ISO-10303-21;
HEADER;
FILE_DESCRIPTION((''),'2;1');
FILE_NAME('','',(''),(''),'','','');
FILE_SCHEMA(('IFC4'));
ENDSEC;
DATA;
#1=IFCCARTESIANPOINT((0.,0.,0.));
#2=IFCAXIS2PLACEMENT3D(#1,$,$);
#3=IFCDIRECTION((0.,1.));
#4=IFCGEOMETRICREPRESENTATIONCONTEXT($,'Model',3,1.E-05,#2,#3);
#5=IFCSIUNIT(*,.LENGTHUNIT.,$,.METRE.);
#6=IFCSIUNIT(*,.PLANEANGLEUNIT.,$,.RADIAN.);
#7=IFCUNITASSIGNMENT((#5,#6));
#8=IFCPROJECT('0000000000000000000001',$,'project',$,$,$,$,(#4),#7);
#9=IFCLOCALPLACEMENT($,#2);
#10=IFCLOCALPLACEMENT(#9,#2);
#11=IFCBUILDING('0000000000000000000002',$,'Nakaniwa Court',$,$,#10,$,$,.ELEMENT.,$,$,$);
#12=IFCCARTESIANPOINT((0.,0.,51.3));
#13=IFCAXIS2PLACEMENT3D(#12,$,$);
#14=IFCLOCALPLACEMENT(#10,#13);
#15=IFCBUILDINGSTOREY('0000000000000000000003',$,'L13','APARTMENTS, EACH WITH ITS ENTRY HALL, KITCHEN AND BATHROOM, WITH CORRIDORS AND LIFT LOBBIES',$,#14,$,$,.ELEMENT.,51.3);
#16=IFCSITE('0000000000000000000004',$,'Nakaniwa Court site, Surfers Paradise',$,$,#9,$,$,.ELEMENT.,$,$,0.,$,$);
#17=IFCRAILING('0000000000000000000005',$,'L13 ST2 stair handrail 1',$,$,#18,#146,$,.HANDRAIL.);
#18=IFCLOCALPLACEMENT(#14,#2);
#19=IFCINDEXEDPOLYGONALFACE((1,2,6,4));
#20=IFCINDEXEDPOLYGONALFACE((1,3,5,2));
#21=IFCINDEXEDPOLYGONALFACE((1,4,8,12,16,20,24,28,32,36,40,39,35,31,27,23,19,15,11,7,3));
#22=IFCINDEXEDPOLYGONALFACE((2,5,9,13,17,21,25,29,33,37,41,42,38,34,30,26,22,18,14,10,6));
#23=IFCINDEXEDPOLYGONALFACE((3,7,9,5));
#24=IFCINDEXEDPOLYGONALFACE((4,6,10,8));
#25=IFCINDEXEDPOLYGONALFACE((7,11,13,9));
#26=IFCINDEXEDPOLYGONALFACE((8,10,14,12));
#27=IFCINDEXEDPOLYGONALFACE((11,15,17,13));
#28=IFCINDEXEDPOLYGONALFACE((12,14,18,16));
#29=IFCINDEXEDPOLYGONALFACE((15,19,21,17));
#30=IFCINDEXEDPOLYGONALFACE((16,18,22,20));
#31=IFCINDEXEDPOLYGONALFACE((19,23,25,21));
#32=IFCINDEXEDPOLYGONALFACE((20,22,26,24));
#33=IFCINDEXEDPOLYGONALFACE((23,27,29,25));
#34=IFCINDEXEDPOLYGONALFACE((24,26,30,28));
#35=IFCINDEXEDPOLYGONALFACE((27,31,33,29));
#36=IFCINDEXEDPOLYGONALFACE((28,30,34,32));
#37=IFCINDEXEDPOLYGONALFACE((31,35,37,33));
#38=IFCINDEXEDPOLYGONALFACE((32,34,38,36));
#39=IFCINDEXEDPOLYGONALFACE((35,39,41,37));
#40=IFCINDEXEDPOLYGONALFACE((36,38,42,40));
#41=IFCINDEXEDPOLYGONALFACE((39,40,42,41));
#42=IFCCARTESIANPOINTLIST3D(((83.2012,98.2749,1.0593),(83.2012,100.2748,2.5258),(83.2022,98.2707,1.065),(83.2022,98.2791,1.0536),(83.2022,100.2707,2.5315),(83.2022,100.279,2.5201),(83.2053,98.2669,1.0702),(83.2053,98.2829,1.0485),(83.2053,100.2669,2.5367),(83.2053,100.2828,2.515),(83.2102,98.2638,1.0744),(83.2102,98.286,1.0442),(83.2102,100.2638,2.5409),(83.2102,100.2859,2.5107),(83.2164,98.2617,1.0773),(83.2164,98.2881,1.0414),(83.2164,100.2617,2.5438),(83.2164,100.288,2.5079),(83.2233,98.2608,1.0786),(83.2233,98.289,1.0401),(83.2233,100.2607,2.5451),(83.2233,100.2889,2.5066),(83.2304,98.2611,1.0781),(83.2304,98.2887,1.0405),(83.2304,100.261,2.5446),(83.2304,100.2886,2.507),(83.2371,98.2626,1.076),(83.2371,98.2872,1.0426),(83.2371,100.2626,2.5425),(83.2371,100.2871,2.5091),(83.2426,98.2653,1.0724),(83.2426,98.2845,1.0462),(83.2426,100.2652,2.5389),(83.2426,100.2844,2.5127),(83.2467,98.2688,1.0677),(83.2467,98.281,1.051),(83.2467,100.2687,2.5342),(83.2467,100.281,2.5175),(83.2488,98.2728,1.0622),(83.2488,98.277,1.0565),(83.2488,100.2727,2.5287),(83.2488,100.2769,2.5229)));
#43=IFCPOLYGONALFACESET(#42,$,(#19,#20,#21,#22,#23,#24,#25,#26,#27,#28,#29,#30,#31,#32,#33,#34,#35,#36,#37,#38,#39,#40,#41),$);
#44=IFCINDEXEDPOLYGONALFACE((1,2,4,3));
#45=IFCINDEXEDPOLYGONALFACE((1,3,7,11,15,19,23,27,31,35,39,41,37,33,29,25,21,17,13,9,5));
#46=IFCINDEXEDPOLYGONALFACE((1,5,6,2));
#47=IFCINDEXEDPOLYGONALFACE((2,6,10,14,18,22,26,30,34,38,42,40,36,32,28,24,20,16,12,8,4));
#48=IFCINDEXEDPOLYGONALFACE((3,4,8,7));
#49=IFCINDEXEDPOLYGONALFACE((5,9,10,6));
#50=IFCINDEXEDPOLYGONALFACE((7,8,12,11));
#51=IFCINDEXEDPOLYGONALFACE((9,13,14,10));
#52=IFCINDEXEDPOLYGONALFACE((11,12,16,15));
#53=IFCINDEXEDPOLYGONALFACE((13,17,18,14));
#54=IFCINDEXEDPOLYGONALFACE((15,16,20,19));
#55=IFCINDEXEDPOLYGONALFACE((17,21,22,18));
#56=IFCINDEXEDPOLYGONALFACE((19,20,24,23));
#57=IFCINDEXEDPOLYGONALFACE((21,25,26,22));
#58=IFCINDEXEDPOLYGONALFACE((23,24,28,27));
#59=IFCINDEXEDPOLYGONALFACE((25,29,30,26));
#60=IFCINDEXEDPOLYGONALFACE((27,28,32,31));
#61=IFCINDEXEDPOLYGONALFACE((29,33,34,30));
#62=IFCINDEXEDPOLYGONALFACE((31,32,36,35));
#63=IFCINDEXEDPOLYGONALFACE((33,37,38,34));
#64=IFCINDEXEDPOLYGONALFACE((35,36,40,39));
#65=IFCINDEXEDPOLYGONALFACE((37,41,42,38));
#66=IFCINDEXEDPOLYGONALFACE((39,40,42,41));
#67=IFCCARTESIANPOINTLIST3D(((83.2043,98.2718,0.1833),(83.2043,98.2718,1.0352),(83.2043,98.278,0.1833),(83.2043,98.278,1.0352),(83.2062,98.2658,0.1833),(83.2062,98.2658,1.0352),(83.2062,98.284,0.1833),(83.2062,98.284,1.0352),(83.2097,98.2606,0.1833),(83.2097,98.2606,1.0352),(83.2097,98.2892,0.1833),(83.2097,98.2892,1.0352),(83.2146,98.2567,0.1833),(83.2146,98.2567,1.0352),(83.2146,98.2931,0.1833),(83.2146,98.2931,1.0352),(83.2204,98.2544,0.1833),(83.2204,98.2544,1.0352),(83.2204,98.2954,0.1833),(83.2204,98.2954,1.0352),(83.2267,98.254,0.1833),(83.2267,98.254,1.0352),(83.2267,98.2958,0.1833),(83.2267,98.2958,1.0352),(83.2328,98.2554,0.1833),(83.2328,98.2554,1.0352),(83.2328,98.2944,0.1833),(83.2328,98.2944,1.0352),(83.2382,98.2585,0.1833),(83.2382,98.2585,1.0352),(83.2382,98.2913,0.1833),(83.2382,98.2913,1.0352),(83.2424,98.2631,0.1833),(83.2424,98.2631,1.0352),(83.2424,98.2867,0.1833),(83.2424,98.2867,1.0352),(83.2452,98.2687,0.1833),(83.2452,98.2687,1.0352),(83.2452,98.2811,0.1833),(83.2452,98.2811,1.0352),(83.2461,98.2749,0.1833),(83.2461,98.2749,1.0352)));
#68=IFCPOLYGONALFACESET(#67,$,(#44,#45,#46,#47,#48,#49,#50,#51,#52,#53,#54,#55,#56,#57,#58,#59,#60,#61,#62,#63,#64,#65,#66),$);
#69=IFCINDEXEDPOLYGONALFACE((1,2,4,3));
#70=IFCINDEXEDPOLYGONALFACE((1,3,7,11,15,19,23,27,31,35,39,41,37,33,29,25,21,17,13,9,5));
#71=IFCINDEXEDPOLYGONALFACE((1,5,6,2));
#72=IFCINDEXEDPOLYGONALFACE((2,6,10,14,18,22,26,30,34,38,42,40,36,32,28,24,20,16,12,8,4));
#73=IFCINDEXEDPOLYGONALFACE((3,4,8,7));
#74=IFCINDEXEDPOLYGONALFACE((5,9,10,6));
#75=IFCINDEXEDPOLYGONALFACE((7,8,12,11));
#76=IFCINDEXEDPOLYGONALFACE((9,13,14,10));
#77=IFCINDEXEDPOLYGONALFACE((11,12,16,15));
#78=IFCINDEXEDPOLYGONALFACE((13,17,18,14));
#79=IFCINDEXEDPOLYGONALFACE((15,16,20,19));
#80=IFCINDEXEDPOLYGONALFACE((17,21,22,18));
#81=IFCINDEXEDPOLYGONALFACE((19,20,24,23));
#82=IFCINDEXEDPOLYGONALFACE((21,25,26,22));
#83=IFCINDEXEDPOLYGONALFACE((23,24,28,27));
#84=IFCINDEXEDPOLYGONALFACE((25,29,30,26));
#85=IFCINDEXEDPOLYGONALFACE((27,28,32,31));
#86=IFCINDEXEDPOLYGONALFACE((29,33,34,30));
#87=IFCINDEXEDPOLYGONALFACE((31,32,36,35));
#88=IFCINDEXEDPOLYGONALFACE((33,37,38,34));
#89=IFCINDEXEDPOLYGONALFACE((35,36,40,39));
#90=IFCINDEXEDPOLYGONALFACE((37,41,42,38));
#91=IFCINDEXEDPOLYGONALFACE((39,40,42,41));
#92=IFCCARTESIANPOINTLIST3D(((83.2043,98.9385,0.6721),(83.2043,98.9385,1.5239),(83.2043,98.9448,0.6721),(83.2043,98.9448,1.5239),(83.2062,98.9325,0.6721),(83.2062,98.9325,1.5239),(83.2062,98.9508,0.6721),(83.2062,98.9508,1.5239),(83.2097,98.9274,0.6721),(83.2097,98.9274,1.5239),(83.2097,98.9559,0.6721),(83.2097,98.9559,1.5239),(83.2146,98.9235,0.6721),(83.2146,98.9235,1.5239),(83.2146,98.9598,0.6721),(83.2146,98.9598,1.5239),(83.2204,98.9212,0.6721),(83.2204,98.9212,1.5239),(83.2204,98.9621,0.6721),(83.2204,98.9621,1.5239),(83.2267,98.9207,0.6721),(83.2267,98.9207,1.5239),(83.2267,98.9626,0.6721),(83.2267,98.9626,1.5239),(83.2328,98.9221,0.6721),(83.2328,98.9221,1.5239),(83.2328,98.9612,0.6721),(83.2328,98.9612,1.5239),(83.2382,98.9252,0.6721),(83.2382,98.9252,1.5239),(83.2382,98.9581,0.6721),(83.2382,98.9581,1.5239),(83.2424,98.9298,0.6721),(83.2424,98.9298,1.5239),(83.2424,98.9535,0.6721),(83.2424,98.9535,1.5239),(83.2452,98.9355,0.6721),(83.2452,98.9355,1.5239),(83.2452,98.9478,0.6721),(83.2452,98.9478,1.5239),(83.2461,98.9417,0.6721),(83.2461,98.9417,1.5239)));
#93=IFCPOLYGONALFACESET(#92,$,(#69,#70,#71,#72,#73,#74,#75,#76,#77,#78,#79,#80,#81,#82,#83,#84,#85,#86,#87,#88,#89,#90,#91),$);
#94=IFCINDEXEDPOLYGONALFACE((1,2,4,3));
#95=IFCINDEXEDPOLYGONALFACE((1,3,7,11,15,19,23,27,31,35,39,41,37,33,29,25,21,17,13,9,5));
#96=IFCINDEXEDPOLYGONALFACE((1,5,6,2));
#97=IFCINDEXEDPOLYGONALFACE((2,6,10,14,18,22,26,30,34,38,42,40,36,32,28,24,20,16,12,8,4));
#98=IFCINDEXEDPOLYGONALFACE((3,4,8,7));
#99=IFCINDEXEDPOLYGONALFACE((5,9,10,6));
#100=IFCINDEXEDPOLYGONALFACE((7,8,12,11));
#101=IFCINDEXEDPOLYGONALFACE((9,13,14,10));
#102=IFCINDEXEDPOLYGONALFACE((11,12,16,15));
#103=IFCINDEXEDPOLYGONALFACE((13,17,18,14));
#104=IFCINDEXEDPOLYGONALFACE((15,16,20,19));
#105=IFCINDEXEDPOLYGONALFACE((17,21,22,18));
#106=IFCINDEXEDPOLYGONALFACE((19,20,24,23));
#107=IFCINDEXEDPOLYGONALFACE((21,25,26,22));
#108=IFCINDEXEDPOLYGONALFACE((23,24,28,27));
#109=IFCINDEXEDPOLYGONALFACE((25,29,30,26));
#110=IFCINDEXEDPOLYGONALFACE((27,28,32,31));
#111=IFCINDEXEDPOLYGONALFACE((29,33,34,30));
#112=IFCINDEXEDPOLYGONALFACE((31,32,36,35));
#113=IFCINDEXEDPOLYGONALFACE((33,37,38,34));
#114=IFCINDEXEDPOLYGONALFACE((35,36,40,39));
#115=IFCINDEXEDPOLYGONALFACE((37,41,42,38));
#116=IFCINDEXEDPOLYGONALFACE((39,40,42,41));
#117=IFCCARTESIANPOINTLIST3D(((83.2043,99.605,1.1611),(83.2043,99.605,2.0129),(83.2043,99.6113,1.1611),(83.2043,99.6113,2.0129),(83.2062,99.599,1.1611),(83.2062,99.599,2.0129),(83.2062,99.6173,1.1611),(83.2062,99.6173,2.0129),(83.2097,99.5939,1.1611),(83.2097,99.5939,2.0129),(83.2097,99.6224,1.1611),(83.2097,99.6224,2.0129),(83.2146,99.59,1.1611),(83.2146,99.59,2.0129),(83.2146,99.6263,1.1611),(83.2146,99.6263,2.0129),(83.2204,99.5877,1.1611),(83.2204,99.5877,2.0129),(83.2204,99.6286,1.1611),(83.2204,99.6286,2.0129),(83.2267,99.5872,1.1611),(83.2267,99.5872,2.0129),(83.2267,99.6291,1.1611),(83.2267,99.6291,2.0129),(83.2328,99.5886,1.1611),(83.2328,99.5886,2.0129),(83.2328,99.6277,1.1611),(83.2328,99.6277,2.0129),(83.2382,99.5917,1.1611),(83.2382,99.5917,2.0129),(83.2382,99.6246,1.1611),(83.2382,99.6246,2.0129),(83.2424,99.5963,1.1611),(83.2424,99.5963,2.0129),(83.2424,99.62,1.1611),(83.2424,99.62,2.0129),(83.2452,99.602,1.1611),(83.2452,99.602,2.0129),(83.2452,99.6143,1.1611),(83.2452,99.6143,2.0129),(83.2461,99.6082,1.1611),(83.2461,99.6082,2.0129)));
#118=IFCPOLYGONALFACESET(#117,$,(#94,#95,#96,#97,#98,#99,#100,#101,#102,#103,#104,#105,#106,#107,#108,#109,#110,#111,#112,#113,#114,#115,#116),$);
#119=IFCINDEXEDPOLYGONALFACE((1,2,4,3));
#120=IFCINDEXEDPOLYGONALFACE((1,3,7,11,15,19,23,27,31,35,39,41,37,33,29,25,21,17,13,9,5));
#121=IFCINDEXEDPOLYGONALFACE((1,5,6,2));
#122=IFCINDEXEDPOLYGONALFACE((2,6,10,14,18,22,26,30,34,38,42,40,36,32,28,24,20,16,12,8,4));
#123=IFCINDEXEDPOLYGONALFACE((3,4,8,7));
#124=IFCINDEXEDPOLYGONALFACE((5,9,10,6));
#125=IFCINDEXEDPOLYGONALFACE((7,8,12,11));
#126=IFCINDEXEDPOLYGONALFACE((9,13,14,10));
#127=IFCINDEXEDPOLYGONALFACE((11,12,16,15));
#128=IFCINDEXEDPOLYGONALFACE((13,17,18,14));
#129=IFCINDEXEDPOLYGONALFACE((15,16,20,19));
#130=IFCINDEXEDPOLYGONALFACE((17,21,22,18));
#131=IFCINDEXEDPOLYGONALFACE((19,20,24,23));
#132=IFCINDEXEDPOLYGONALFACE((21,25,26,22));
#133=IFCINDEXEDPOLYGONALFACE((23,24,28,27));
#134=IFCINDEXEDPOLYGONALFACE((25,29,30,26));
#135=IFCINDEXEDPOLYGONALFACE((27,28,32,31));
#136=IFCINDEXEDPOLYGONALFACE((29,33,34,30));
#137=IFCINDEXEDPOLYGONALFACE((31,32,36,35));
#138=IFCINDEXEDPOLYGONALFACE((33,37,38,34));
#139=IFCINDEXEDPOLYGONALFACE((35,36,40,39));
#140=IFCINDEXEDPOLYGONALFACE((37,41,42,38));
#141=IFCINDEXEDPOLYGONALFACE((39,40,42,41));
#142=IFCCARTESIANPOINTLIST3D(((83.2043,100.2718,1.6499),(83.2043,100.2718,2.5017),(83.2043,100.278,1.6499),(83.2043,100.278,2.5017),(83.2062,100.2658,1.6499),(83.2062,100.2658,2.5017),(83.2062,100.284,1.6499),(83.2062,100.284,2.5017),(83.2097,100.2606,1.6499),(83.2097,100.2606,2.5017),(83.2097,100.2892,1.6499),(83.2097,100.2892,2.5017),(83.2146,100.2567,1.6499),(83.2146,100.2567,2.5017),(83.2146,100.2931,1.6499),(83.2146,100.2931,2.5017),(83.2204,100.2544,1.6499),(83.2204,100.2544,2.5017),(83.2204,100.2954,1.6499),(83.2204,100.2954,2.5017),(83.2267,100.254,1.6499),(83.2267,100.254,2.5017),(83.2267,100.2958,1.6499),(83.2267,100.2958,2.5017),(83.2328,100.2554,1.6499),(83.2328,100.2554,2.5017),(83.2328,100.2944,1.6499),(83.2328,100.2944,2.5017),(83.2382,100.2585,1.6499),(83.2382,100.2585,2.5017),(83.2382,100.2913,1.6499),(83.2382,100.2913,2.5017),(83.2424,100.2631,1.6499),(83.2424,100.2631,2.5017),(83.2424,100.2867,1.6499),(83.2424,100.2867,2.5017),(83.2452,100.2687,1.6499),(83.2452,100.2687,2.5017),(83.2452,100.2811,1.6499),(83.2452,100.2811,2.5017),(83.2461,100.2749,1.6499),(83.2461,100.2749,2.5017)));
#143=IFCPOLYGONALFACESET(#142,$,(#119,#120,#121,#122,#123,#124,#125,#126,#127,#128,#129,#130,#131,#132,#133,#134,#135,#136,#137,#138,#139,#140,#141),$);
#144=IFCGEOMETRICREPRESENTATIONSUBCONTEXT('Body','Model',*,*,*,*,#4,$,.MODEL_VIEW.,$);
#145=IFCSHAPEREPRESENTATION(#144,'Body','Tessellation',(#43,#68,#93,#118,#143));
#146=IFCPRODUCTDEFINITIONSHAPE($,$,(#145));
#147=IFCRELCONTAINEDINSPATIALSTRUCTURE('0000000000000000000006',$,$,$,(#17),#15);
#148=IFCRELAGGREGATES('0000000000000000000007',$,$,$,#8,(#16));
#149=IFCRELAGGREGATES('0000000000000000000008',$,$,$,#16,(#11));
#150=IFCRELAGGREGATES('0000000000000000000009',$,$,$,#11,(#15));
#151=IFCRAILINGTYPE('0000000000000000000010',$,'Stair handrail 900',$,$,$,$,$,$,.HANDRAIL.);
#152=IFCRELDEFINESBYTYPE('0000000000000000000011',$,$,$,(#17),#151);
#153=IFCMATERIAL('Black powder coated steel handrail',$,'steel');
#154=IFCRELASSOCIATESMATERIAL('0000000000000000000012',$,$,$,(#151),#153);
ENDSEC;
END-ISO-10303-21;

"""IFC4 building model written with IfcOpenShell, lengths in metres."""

from ifc_helpers import new_model, si_unit, direction, frame, origin, origin_2d, place, context, subcontext, project, spatial, circle, extrude, material, type_object, element, save


model = new_model("IFC4")

# Units and contexts
model_context = context("Model", 3, precision=1e-05, world=origin(), true_north=direction((0.0, 1.0)))
body_context = subcontext(model_context, "Body", "Model", "MODEL_VIEW")
ifc_project = project(units=[si_unit("LENGTHUNIT", "METRE"), si_unit("PLANEANGLEUNIT", "RADIAN")], contexts=[model_context])

# Site, building, storey
site_placement = place(None, origin())
site = spatial("IfcSite", under=ifc_project, at=site_placement, Name="Nakaniwa Court site, Surfers Paradise", CompositionType="ELEMENT", RefElevation=0.0)
building_placement = place(site_placement, origin())
building = spatial("IfcBuilding", under=site, at=building_placement, Name="Nakaniwa Court", CompositionType="ELEMENT")
storey_placement = place(building_placement, frame((0.0, 0.0, 51.3)))
storey = spatial("IfcBuildingStorey", under=building, at=storey_placement, Name="L13", Description="APARTMENTS, EACH WITH ITS ENTRY HALL, KITCHEN AND BATHROOM, WITH CORRIDORS AND LIFT LOBBIES", CompositionType="ELEMENT", Elevation=51.3)

# Railing
ifc_material_1 = material(Name="Black powder coated steel handrail", Category="steel")
railing_type_1 = type_object("IfcRailingType", Name="Stair handrail 900", PredefinedType="HANDRAIL", material=ifc_material_1)
railing_1_placement = place(storey_placement, frame((83.2251, 98.2749, 0.1833)))
element("IfcRailing", 1, at=railing_1_placement, inside=storey, type_object=railing_type_1, Name="L13 ST2 stair handrail 1", PredefinedType="HANDRAIL", context=body_context, shape_type="SweptSolid", body=[
    extrude(circle(Radius=0.0239, at=origin_2d()), frame((0.0, 0.0, 0.876), z_axis=(0.0, 0.806427, 0.591334), x_axis=(-1.0, 0.0, 0.0)), (0.0, 0.0, 1.0), 2.48),
    extrude(circle(Radius=0.021, at=origin_2d()), origin(), (0.0, 0.0, 1.0), 0.8518),
    extrude(circle(Radius=0.021, at=origin_2d()), frame((0.0, 0.6667, 0.4888)), (0.0, 0.0, 1.0), 0.8518),
    extrude(circle(Radius=0.021, at=origin_2d()), frame((0.0, 1.3333, 0.9778)), (0.0, 0.0, 1.0), 0.8518),
    extrude(circle(Radius=0.021, at=origin_2d()), frame((0.0, 2.0, 1.4666)), (0.0, 0.0, 1.0), 0.8518),
])

save(model, "model.ifc")
